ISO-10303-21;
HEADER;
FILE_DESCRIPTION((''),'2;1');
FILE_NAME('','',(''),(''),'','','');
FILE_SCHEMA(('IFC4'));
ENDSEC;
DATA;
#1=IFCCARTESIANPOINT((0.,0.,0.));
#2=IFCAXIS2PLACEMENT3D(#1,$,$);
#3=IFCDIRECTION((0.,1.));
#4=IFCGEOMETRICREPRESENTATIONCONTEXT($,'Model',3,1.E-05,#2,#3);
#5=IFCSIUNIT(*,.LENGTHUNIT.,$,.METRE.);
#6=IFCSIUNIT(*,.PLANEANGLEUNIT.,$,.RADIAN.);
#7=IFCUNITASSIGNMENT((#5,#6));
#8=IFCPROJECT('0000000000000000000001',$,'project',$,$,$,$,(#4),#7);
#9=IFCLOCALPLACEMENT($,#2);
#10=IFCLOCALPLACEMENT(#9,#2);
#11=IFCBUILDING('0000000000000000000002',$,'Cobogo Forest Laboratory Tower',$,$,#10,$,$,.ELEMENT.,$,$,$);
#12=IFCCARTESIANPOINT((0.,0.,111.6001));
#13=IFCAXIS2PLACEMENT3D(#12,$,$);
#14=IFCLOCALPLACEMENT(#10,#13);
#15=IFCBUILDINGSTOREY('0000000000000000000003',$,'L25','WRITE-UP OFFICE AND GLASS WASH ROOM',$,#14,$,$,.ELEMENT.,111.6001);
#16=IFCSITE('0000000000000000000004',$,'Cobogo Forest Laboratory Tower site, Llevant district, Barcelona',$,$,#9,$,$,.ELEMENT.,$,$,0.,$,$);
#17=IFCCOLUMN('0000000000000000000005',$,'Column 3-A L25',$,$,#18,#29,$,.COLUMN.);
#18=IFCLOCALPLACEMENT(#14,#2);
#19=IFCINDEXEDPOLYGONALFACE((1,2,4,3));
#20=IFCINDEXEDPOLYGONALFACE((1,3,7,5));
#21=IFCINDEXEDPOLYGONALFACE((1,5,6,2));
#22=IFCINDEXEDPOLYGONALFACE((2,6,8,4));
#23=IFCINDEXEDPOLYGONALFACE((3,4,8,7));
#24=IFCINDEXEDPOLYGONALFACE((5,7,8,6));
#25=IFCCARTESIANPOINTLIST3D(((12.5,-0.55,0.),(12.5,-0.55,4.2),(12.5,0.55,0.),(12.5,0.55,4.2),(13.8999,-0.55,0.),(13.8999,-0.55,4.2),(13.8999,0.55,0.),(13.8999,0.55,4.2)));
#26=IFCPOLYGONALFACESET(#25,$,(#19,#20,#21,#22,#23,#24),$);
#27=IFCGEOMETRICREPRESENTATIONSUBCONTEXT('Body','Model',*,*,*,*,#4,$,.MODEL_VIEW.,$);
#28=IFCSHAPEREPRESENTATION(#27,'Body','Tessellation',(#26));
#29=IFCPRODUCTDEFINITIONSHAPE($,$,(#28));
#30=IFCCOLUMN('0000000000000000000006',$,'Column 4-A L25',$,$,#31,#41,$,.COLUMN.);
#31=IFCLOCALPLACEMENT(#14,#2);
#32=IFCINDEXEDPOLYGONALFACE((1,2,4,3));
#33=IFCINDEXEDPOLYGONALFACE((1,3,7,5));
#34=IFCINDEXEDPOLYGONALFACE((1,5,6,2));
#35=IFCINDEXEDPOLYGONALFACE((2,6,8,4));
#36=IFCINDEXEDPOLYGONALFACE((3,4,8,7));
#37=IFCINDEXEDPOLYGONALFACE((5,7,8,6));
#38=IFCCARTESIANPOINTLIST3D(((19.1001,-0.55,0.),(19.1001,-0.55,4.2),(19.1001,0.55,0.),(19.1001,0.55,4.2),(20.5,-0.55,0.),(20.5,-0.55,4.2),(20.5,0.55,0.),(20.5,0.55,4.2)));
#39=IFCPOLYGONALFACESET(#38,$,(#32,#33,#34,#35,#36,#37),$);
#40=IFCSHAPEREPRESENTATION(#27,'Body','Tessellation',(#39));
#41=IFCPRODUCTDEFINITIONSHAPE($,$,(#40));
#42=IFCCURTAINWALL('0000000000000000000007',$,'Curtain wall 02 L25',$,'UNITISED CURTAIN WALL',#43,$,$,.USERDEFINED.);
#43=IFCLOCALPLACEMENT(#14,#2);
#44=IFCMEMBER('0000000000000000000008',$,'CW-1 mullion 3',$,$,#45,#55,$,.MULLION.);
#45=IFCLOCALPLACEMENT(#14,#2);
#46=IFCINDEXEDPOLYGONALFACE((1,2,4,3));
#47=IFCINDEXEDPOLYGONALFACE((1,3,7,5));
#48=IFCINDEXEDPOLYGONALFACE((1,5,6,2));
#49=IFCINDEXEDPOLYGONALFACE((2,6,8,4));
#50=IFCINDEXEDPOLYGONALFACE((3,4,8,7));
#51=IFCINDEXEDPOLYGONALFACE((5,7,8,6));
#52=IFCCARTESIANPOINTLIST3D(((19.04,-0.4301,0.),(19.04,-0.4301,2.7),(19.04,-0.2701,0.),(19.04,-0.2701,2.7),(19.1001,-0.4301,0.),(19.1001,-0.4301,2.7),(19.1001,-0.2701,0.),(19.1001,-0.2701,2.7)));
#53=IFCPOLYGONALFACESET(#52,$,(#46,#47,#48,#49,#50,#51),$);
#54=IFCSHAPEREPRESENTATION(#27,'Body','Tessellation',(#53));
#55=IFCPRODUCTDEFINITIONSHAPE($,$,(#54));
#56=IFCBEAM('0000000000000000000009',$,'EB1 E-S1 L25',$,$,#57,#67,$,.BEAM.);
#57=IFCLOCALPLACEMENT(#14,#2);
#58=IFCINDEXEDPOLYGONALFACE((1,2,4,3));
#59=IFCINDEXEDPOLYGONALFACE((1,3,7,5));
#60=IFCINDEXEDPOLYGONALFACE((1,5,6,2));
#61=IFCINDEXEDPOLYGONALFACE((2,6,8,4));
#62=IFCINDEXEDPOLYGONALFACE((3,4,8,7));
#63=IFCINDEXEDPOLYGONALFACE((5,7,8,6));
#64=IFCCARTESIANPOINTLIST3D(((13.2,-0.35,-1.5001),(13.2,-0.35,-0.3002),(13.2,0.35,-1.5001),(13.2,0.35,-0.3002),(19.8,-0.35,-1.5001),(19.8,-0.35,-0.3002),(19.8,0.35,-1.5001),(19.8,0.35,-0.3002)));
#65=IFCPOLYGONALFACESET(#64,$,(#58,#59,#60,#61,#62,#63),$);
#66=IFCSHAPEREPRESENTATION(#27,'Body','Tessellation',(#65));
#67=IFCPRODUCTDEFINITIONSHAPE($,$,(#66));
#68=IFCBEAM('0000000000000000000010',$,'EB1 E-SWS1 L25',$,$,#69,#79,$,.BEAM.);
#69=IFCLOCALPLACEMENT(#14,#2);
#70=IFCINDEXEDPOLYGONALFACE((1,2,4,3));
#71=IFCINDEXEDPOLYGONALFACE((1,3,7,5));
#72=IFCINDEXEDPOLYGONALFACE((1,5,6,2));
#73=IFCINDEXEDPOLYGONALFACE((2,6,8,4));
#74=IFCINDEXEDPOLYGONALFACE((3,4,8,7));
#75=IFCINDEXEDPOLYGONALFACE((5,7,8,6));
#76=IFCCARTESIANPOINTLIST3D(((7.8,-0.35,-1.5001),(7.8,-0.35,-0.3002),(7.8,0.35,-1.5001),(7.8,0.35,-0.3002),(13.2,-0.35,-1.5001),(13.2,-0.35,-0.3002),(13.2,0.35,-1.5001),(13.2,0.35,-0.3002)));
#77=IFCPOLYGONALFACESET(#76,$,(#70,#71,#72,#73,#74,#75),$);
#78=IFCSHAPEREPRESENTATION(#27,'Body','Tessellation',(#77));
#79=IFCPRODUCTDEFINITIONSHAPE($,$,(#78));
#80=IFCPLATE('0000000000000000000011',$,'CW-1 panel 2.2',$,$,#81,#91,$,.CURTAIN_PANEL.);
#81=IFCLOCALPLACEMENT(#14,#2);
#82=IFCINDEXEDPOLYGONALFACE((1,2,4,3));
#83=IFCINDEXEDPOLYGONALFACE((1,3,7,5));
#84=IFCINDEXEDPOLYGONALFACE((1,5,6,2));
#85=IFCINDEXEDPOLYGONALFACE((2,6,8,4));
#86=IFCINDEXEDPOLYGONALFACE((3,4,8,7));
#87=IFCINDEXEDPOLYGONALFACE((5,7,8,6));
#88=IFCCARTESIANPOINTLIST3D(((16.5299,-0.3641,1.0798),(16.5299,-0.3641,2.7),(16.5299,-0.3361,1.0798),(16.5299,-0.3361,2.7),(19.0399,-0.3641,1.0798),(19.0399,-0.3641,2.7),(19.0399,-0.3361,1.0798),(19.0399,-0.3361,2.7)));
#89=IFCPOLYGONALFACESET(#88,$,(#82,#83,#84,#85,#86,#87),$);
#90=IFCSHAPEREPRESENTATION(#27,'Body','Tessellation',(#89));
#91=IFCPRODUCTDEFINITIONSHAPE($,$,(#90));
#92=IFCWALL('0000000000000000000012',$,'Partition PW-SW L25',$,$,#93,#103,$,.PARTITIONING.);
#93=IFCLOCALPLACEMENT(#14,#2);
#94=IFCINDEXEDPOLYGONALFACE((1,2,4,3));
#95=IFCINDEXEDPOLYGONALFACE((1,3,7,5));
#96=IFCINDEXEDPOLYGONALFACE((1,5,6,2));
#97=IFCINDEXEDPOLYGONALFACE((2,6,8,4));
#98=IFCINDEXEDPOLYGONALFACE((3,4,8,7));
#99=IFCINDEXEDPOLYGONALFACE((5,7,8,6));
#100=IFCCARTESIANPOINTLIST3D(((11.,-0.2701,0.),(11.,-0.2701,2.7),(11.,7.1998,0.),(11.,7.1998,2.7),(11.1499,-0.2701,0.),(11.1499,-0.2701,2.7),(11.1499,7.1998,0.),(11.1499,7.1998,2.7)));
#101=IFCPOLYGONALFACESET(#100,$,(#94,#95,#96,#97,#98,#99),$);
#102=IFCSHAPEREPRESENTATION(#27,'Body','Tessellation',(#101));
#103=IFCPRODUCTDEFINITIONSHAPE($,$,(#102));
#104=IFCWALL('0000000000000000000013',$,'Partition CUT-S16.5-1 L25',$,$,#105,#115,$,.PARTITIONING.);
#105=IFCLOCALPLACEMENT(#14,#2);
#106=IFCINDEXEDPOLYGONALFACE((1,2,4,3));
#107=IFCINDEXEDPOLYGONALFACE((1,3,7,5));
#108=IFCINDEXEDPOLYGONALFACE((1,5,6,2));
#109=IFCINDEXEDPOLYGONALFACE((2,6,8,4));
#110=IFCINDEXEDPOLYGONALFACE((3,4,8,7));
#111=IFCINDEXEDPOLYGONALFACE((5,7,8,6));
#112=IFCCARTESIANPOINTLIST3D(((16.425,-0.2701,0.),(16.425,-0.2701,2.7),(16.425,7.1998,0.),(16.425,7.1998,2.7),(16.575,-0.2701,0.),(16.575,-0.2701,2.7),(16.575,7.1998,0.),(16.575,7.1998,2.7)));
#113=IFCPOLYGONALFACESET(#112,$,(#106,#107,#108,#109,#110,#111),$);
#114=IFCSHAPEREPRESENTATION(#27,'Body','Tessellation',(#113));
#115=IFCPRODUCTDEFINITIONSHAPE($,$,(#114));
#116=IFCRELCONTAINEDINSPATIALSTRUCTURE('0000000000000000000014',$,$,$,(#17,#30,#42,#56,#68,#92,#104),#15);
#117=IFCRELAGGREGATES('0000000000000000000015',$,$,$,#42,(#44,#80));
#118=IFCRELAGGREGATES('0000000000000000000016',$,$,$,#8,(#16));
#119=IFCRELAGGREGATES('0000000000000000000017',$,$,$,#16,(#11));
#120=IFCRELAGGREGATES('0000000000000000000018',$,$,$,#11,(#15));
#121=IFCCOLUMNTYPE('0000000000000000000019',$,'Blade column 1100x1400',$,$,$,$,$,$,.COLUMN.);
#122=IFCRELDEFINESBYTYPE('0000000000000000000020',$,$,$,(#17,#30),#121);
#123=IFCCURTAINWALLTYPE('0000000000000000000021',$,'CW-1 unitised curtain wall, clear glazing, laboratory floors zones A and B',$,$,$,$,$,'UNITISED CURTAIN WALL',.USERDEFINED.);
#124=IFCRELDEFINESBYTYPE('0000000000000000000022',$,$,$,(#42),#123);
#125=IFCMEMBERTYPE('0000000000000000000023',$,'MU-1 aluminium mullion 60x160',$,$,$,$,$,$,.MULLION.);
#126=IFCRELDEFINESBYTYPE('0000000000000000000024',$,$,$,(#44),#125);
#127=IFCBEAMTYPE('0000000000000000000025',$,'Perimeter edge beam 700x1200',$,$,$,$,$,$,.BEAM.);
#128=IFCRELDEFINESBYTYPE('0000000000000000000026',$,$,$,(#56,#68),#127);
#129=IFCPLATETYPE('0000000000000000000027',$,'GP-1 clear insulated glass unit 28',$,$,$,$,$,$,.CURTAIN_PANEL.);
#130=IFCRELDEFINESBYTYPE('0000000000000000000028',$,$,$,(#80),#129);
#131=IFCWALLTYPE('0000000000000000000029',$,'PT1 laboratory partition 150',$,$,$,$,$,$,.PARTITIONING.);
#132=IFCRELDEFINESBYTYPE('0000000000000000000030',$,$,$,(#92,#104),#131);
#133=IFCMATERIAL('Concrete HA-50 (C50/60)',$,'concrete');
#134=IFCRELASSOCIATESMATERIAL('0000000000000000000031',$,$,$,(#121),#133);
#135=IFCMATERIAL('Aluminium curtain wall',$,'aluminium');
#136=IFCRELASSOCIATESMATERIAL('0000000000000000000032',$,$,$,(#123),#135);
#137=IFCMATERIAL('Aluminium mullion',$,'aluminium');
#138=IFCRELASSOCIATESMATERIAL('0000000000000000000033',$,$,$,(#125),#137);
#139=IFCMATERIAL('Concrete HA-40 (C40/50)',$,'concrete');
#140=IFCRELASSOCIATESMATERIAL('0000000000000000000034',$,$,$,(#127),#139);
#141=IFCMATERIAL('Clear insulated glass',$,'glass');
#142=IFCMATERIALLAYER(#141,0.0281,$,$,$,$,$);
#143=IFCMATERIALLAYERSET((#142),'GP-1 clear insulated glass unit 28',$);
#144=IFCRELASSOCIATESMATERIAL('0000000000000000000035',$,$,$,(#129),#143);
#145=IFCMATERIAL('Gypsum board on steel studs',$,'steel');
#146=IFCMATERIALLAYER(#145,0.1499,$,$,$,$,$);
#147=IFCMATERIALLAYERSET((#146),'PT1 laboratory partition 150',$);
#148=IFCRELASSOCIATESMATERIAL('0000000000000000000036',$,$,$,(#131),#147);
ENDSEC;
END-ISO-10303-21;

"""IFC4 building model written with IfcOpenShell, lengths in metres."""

from ifc_helpers import new_model, si_unit, direction, frame, frame_2d, origin, origin_2d, place, context, subcontext, project, spatial, rectangle, extrude, material, layer, layer_set, material_profile, profile_set, type_object, element, aggregate, save


model = new_model("IFC4")

# Units and contexts
model_context = context("Model", 3, precision=1e-05, world=origin(), true_north=direction((0.0, 1.0)))
body_context = subcontext(model_context, "Body", "Model", "MODEL_VIEW")
ifc_project = project(units=[si_unit("LENGTHUNIT", "METRE"), si_unit("PLANEANGLEUNIT", "RADIAN")], contexts=[model_context])

# Site, building, storey
site_placement = place(None, origin())
site = spatial("IfcSite", under=ifc_project, at=site_placement, Name="Cobogo Forest Laboratory Tower site, Llevant district, Barcelona", CompositionType="ELEMENT", RefElevation=0.0)
building_placement = place(site_placement, origin())
building = spatial("IfcBuilding", under=site, at=building_placement, Name="Cobogo Forest Laboratory Tower", CompositionType="ELEMENT")
storey_placement = place(building_placement, frame((0.0, 0.0, 111.6001)))
storey = spatial("IfcBuildingStorey", under=building, at=storey_placement, Name="L25", Description="WRITE-UP OFFICE AND GLASS WASH ROOM", CompositionType="ELEMENT", Elevation=111.6001)

# Columns
ifc_material_1 = material(Name="Concrete HA-50 (C50/60)", Category="concrete")
ifc_material_profile_1 = material_profile(ifc_material_1, rectangle(XDim=1.3999, YDim=1.1001, at=origin_2d()), Name="RC 1100x1400")
ifc_profile_set_1 = profile_set([ifc_material_profile_1], Name="Concrete HA-50 (C50/60)")
column_type = type_object("IfcColumnType", Name="Blade column 1100x1400", PredefinedType="COLUMN", material=ifc_profile_set_1)
for number, where, z_axis, x_axis, name in (
    (1, (13.2, 0.0, 0.0), (0.0, 0.0, 1.0), (1.0, 0.0, 0.0), "Column 3-A L25"),
    (2, (19.8, 0.0, 0.0), (0.0, 0.0, 1.0), (1.0, 0.0, 0.0), "Column 4-A L25"),
):
    element("IfcColumn", number, at=place(storey_placement, frame(where, z_axis=z_axis, x_axis=x_axis)), inside=storey, type_object=column_type, Name=name, PredefinedType="COLUMN", context=body_context, shape_type="SweptSolid", body=[
        extrude(rectangle(XDim=1.3999, YDim=1.1001, at=origin_2d()), origin(), (0.0, 0.0, 1.0), 4.2),
    ])

# Curtain wall, member
ifc_material_2 = material(Name="Aluminium curtain wall", Category="aluminium")
curtain_wall_type = type_object("IfcCurtainWallType", Name="CW-1 unitised curtain wall, clear glazing, laboratory floors zones A and B", ElementType="UNITISED CURTAIN WALL", PredefinedType="USERDEFINED", material=ifc_material_2)
curtain_wall_placement = place(storey_placement, origin())
curtain_wall = element("IfcCurtainWall", 3, at=curtain_wall_placement, inside=storey, type_object=curtain_wall_type, Name="Curtain wall 02 L25", ObjectType="UNITISED CURTAIN WALL", PredefinedType="USERDEFINED")
ifc_material_3 = material(Name="Aluminium mullion", Category="aluminium")
ifc_material_profile_2 = material_profile(ifc_material_3, rectangle(XDim=0.0601, YDim=0.1599, at=origin_2d()), Name="AL 60x160")
ifc_profile_set_2 = profile_set([ifc_material_profile_2], Name="Aluminium mullion")
member_type = type_object("IfcMemberType", Name="MU-1 aluminium mullion 60x160", PredefinedType="MULLION", material=ifc_profile_set_2)
member_placement = place(storey_placement, frame((19.0701, -0.3501, 0.0), z_axis=(0.0, 0.0, 1.0), x_axis=(1.0, 0.0, 0.0)))
member = element("IfcMember", 4, at=member_placement, type_object=member_type, Name="CW-1 mullion 3", PredefinedType="MULLION", context=body_context, shape_type="SweptSolid", body=[
    extrude(rectangle(XDim=0.0601, YDim=0.1599, at=origin_2d()), origin(), (0.0, 0.0, 1.0), 2.7),
])

# Beams
ifc_material_4 = material(Name="Concrete HA-40 (C40/50)", Category="concrete")
ifc_material_profile_3 = material_profile(ifc_material_4, rectangle(XDim=0.7, YDim=1.2, at=origin_2d()), Name="RC 700x1200")
ifc_profile_set_3 = profile_set([ifc_material_profile_3], Name="Concrete HA-40 (C40/50)")
beam_type = type_object("IfcBeamType", Name="Perimeter edge beam 700x1200", PredefinedType="BEAM", material=ifc_profile_set_3)
beam_1_placement = place(storey_placement, frame((13.2, 0.0, -0.9001), z_axis=(1.0, 0.0, 0.0), x_axis=(0.0, 1.0, 0.0)))
element("IfcBeam", 5, at=beam_1_placement, inside=storey, type_object=beam_type, Name="EB1 E-S1 L25", PredefinedType="BEAM", context=body_context, shape_type="SweptSolid", body=[
    extrude(rectangle(XDim=0.7, YDim=1.2, at=origin_2d()), origin(), (0.0, 0.0, 1.0), 6.6001),
])
beam_2_placement = place(storey_placement, frame((13.2, 0.0, -0.9001), z_axis=(-1.0, 0.0, 0.0), x_axis=(0.0, -1.0, 0.0)))
element("IfcBeam", 6, at=beam_2_placement, inside=storey, type_object=beam_type, Name="EB1 E-SWS1 L25", PredefinedType="BEAM", context=body_context, shape_type="SweptSolid", body=[
    extrude(rectangle(XDim=0.7, YDim=1.2, at=origin_2d()), origin(), (0.0, 0.0, 1.0), 5.3999),
])

# Plate
ifc_material_5 = material(Name="Clear insulated glass", Category="glass")
ifc_layer_1 = layer(ifc_material_5, 0.0281)
ifc_layer_set_1 = layer_set([ifc_layer_1], Name="GP-1 clear insulated glass unit 28")
plate_type = type_object("IfcPlateType", Name="GP-1 clear insulated glass unit 28", PredefinedType="CURTAIN_PANEL", material=ifc_layer_set_1)
plate_placement = place(storey_placement, frame((17.7849, -0.3501, 1.0798), z_axis=(0.0, 0.0, 1.0), x_axis=(1.0, 0.0, 0.0)))
plate = element("IfcPlate", 7, at=plate_placement, type_object=plate_type, Name="CW-1 panel 2.2", PredefinedType="CURTAIN_PANEL", context=body_context, shape_type="SweptSolid", body=[
    extrude(rectangle(XDim=2.51, YDim=0.0281, at=origin_2d()), origin(), (0.0, 0.0, 1.0), 1.6201),
])
aggregate(curtain_wall, [member, plate])

# Walls
ifc_material_6 = material(Name="Gypsum board on steel studs", Category="steel")
ifc_layer_2 = layer(ifc_material_6, 0.1499)
ifc_layer_set_2 = layer_set([ifc_layer_2], Name="PT1 laboratory partition 150")
wall_type = type_object("IfcWallType", Name="PT1 laboratory partition 150", PredefinedType="PARTITIONING", material=ifc_layer_set_2)
for number, where, z_axis, x_axis, name in (
    (8, (11.075, -0.27, 0.0), (0.0, 0.0, 1.0), (0.0, 1.0, 0.0), "Partition PW-SW L25"),
    (9, (16.5, -0.27, 0.0), (0.0, 0.0, 1.0), (0.0, 1.0, 0.0), "Partition CUT-S16.5-1 L25"),
):
    element("IfcWall", number, at=place(storey_placement, frame(where, z_axis=z_axis, x_axis=x_axis)), inside=storey, type_object=wall_type, Name=name, PredefinedType="PARTITIONING", context=body_context, shape_type="SweptSolid", body=[
        extrude(rectangle(XDim=7.47, YDim=0.1499, at=frame_2d((3.7349, 0.0))), origin(), (0.0, 0.0, 1.0), 2.7),
    ])

save(model, "model.ifc")
